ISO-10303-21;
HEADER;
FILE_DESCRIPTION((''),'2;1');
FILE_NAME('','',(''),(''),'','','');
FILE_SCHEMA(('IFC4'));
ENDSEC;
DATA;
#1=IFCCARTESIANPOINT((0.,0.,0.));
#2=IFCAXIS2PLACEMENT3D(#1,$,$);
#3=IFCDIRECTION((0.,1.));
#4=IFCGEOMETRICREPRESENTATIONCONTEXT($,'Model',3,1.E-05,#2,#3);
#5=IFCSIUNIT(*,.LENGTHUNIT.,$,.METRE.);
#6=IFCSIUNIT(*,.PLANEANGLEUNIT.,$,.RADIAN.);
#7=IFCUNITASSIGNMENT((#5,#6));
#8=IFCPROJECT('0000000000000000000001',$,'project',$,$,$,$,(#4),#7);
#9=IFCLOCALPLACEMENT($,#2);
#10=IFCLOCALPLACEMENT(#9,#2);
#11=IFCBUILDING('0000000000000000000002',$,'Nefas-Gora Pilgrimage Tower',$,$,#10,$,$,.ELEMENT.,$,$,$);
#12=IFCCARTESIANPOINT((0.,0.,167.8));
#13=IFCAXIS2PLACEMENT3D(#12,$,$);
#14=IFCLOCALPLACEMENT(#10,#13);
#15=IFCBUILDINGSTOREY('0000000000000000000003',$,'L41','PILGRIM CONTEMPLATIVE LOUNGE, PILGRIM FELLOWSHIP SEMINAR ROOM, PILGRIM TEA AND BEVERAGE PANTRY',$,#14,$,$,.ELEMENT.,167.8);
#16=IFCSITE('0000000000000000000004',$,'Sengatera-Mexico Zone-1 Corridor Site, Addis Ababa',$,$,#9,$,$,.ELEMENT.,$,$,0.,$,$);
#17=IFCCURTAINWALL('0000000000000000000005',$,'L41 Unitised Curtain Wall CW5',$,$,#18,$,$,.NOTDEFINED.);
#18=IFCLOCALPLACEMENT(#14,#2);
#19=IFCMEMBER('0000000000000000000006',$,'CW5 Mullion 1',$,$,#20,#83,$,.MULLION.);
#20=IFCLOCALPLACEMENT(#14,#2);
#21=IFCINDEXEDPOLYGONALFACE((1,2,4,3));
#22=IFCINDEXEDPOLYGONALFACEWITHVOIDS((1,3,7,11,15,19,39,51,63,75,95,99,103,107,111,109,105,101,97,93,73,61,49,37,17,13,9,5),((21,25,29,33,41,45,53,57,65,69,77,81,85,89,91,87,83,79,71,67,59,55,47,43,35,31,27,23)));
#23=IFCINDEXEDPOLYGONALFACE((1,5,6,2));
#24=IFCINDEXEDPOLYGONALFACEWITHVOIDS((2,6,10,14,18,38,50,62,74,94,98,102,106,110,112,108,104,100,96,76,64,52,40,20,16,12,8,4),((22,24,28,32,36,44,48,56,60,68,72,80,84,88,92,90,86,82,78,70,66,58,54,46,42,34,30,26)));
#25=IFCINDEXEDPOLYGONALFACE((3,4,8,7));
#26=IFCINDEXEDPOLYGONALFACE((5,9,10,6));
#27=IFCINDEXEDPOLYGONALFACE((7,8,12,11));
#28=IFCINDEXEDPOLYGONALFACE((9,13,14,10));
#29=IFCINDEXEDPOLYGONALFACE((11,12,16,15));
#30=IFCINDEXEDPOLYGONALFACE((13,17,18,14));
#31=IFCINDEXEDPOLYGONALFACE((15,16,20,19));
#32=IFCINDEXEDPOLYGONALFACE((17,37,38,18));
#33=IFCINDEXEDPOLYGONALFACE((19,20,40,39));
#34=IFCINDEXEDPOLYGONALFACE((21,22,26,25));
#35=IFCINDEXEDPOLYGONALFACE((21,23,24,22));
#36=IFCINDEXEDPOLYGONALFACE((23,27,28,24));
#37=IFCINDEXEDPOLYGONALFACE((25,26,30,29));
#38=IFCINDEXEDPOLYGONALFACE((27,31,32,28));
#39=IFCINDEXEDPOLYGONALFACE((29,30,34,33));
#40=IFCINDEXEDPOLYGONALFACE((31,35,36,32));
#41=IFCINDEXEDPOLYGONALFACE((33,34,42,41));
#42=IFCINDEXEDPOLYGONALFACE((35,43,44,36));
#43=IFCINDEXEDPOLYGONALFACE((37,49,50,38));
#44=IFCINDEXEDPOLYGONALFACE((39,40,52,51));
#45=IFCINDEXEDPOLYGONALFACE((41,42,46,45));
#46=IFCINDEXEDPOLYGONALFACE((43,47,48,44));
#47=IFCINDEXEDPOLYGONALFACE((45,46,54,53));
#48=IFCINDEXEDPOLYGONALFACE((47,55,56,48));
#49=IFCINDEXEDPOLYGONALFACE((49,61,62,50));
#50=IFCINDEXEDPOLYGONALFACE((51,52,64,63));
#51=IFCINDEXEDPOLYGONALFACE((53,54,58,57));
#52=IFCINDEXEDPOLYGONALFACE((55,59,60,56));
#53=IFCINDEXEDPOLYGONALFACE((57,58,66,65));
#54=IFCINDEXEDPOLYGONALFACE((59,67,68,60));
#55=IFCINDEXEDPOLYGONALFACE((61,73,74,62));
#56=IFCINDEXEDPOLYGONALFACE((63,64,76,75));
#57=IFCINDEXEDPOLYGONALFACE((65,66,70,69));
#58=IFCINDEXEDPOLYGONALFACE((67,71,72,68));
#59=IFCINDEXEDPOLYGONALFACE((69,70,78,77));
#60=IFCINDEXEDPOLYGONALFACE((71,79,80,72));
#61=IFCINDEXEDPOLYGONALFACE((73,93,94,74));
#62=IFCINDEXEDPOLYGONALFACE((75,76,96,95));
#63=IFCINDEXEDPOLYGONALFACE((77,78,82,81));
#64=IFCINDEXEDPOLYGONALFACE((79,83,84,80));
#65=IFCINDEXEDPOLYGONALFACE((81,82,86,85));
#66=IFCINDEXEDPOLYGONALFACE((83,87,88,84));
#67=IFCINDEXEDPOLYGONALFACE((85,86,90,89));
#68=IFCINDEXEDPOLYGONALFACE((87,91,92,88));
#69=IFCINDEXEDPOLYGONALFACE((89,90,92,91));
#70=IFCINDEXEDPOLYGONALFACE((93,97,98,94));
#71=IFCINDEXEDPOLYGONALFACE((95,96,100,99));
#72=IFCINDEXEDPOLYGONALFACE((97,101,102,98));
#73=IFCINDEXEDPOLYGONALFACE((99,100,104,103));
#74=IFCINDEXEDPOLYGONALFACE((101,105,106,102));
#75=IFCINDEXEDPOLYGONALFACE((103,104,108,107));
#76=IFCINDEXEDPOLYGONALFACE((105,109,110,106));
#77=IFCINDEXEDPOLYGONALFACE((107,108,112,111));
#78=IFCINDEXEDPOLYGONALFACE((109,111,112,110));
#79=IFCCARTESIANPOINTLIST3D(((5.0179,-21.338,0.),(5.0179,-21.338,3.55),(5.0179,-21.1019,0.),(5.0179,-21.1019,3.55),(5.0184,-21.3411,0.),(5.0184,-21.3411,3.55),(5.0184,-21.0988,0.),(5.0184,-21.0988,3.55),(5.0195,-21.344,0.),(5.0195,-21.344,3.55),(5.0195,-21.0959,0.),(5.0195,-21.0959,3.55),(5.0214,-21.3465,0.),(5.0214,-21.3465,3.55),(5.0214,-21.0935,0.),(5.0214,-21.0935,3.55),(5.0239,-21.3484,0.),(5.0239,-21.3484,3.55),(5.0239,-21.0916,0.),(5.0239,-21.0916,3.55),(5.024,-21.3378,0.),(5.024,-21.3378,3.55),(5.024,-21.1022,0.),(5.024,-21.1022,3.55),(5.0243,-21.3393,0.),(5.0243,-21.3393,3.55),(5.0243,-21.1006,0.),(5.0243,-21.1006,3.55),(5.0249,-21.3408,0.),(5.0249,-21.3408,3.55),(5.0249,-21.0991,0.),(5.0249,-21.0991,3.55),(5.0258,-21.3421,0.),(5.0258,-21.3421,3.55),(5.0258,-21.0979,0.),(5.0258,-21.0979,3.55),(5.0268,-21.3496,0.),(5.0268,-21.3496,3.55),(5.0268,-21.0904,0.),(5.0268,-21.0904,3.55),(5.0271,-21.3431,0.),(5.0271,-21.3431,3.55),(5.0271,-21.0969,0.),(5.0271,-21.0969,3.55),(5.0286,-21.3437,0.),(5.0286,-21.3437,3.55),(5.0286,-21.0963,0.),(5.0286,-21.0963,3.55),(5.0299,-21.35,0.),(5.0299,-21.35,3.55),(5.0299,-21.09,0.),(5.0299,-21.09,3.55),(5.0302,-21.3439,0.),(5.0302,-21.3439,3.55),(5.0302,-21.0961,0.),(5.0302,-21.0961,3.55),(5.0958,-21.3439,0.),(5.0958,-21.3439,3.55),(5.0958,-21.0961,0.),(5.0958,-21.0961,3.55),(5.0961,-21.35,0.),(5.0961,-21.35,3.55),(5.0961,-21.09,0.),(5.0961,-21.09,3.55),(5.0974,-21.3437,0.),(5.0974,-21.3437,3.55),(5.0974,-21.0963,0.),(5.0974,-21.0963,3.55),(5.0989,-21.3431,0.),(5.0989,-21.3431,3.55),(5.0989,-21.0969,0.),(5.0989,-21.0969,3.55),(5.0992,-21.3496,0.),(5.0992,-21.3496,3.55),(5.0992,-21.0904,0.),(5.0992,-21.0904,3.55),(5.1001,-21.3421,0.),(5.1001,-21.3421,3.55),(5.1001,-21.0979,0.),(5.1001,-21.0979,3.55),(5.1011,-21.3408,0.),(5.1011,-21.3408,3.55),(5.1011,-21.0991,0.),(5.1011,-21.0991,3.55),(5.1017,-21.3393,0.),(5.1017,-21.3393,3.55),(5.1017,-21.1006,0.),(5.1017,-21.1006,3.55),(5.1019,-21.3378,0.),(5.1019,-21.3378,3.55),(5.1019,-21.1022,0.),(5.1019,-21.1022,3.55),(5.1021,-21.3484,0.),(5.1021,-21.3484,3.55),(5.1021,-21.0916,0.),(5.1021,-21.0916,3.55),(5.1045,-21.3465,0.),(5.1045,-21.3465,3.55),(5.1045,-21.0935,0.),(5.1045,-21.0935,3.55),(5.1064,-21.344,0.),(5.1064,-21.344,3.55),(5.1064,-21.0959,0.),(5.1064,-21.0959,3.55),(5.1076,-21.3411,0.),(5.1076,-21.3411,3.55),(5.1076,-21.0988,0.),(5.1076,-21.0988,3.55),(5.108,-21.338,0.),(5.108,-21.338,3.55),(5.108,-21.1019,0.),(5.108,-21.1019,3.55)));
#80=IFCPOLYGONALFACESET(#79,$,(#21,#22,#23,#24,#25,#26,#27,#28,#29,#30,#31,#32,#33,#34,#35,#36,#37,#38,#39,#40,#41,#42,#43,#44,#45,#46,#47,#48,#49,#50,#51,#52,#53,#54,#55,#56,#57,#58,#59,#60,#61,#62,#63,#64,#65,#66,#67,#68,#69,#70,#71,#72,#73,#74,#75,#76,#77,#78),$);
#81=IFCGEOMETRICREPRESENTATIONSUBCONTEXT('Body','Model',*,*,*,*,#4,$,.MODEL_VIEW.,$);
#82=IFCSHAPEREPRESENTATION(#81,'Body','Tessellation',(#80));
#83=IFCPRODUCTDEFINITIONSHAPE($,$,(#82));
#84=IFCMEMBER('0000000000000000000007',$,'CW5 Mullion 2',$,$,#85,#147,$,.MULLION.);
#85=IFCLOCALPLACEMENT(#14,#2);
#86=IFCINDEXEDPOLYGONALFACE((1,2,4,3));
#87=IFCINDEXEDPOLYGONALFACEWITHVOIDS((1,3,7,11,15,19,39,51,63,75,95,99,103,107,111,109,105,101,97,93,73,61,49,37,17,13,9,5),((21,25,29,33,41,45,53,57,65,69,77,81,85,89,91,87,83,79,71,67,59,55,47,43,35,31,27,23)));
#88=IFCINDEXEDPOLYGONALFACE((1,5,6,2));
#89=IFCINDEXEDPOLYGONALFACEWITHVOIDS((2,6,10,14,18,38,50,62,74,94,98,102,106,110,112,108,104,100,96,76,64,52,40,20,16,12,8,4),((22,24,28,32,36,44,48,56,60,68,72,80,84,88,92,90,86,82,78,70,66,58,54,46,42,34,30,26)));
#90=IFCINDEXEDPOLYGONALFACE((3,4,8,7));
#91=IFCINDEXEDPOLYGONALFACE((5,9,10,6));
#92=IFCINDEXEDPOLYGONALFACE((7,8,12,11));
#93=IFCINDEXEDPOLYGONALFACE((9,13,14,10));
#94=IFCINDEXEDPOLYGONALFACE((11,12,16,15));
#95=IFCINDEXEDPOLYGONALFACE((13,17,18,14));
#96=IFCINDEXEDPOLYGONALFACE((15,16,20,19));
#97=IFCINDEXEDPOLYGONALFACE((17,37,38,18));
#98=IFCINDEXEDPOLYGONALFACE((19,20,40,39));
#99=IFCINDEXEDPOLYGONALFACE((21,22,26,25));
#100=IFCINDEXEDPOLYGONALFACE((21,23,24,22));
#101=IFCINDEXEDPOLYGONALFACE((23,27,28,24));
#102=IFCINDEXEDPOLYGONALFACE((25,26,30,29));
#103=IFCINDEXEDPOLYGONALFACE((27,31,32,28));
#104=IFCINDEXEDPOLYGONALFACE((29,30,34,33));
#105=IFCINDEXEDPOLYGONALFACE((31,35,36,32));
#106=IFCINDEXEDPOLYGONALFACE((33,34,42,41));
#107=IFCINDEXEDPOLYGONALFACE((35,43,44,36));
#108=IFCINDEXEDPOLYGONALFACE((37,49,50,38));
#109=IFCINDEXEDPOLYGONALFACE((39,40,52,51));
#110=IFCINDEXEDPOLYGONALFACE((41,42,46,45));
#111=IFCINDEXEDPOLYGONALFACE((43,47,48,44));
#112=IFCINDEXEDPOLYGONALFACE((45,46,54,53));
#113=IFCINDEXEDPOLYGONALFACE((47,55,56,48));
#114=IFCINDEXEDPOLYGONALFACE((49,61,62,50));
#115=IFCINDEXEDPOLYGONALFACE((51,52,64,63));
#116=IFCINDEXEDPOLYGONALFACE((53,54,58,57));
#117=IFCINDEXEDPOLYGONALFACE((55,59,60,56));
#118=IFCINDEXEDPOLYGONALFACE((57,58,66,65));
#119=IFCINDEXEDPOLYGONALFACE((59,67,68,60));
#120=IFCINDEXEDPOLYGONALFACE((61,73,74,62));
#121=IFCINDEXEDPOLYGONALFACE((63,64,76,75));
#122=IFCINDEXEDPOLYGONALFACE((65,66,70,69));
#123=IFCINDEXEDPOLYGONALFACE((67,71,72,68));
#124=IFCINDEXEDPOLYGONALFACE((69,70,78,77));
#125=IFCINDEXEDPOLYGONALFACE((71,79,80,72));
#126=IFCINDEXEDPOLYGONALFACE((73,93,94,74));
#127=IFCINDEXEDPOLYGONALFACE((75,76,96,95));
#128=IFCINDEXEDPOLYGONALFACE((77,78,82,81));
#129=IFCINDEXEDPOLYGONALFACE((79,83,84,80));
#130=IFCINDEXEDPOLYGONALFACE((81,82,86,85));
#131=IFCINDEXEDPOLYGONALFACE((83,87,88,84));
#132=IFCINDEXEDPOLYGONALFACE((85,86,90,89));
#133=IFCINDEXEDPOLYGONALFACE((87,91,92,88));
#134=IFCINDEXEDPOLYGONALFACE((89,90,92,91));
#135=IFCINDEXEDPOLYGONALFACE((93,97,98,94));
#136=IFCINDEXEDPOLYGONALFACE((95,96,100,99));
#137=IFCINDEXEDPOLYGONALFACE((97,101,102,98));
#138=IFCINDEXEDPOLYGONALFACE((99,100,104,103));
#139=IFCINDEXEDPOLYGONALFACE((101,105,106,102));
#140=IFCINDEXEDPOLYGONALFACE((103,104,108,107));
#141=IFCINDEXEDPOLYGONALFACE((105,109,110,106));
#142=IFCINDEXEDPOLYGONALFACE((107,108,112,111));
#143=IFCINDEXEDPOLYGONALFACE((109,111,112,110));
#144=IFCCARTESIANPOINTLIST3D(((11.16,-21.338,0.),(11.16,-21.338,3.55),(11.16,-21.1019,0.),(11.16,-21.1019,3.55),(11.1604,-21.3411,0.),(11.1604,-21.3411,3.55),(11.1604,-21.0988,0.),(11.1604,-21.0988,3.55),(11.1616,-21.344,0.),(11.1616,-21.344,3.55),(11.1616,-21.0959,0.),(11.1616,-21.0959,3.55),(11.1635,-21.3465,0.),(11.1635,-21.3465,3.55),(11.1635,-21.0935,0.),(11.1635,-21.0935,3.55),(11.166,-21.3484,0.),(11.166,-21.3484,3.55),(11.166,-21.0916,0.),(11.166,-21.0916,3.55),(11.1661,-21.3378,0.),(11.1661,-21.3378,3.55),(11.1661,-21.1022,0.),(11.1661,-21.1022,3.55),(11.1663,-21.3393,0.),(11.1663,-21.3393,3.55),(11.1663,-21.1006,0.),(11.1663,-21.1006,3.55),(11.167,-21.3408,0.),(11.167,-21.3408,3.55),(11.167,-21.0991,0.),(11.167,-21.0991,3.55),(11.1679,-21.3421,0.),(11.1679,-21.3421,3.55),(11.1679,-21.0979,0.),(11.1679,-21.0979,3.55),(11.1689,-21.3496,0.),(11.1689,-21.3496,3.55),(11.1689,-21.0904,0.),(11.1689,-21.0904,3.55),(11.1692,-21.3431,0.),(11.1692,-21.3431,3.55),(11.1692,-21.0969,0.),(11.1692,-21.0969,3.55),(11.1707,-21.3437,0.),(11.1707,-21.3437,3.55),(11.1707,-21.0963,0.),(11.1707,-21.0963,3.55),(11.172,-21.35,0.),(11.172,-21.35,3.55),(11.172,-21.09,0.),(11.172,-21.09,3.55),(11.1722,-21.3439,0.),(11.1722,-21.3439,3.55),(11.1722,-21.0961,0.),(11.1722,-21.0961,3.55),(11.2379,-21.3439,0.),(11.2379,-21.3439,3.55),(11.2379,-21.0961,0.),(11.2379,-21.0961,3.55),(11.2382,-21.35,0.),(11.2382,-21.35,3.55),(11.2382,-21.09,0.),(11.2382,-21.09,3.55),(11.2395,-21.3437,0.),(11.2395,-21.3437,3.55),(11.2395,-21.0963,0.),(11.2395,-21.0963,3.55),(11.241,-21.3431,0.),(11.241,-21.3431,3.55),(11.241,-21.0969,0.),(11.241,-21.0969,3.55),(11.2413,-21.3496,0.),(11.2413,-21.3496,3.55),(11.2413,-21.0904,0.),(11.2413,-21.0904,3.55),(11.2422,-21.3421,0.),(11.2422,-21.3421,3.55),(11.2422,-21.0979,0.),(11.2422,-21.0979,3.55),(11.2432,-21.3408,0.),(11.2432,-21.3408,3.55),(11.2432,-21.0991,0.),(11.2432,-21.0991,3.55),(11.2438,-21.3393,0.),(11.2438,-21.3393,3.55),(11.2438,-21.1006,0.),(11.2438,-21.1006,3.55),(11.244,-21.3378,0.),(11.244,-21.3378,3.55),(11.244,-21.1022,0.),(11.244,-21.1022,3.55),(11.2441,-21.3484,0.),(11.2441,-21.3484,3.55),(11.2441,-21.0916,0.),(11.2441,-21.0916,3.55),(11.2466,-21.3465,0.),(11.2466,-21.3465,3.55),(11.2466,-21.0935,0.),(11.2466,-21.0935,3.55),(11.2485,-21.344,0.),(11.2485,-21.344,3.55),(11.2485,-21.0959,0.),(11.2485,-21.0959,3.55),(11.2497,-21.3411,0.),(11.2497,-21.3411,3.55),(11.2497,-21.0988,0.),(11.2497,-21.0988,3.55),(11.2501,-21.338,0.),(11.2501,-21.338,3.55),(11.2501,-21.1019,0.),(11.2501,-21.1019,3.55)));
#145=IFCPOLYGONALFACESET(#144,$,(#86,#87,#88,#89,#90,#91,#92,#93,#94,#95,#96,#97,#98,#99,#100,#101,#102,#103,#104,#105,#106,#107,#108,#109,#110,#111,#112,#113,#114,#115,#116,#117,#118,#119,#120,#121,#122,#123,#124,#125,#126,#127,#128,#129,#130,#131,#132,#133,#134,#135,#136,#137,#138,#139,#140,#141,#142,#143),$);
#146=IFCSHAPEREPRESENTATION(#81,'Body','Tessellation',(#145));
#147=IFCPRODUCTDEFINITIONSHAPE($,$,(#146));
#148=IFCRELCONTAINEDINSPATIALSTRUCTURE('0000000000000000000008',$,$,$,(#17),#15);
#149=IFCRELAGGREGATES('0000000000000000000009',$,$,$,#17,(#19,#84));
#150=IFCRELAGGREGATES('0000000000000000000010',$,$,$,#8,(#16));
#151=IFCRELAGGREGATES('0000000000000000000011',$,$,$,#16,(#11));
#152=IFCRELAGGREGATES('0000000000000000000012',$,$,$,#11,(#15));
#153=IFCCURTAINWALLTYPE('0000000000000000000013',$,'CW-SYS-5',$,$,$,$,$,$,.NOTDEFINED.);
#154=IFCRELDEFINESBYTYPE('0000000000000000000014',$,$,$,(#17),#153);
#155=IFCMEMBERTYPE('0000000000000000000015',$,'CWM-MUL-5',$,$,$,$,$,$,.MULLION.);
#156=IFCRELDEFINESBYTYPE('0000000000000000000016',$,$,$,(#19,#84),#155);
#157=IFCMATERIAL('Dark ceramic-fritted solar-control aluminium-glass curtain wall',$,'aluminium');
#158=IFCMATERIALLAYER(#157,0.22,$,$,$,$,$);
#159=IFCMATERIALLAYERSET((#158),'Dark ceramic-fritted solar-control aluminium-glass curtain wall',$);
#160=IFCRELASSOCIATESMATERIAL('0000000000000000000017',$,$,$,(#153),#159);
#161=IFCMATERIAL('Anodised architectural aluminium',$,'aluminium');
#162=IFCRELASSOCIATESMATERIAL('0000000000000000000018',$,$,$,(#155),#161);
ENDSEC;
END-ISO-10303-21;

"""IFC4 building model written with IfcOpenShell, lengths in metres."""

from ifc_helpers import new_model, si_unit, direction, frame, origin, origin_2d, place, context, subcontext, project, spatial, hollow_rectangle, extrude, source, transform, mapped, material, layer, layer_set, material_profile, profile_set, type_object, element, aggregate, save


model = new_model("IFC4")

# Units and contexts
model_context = context("Model", 3, precision=1e-05, world=origin(), true_north=direction((0.0, 1.0)))
body_context = subcontext(model_context, "Body", "Model", "MODEL_VIEW")
ifc_project = project(units=[si_unit("LENGTHUNIT", "METRE"), si_unit("PLANEANGLEUNIT", "RADIAN")], contexts=[model_context])

# Site, building, storey
site_placement = place(None, origin())
site = spatial("IfcSite", under=ifc_project, at=site_placement, Name="Sengatera-Mexico Zone-1 Corridor Site, Addis Ababa", CompositionType="ELEMENT", RefElevation=0.0)
building_placement = place(site_placement, origin())
building = spatial("IfcBuilding", under=site, at=building_placement, Name="Nefas-Gora Pilgrimage Tower", CompositionType="ELEMENT")
storey_placement = place(building_placement, frame((0.0, 0.0, 167.8)))
storey = spatial("IfcBuildingStorey", under=building, at=storey_placement, Name="L41", Description="PILGRIM CONTEMPLATIVE LOUNGE, PILGRIM FELLOWSHIP SEMINAR ROOM, PILGRIM TEA AND BEVERAGE PANTRY", CompositionType="ELEMENT", Elevation=167.8)

# Curtain wall, members
ifc_material_1 = material(Name="Dark ceramic-fritted solar-control aluminium-glass curtain wall", Category="aluminium")
ifc_layer_1 = layer(ifc_material_1, 0.22)
ifc_layer_set_1 = layer_set([ifc_layer_1], Name="Dark ceramic-fritted solar-control aluminium-glass curtain wall")
curtain_wall_type = type_object("IfcCurtainWallType", Name="CW-SYS-5", PredefinedType="NOTDEFINED", material=ifc_layer_set_1)
curtain_wall_1_placement = place(storey_placement, origin())
curtain_wall_1 = element("IfcCurtainWall", 1, at=curtain_wall_1_placement, inside=storey, type_object=curtain_wall_type, Name="L41 Unitised Curtain Wall CW5", PredefinedType="NOTDEFINED")
ifc_material_2 = material(Name="Anodised architectural aluminium", Category="aluminium")
ifc_material_profile_1 = material_profile(ifc_material_2, hollow_rectangle(XDim=0.0901, YDim=0.26, WallThickness=0.0061, InnerFilletRadius=0.0061, OuterFilletRadius=0.012, at=origin_2d()), Name="ALU MULLION 90x260")
ifc_profile_set_1 = profile_set([ifc_material_profile_1], Name="Anodised architectural aluminium")
member_type_1 = type_object("IfcMemberType", Name="CWM-MUL-5", PredefinedType="MULLION", material=ifc_profile_set_1)
shared_shape_1 = source(origin(), body_context, "Body", "SweptSolid", [
    extrude(hollow_rectangle(XDim=0.0901, YDim=0.26, WallThickness=0.0061, InnerFilletRadius=0.0061, OuterFilletRadius=0.012, at=origin_2d()), origin(), (0.0, 0.0, 1.0), 3.55),
])
member_1_placement = place(storey_placement, frame((5.063, -21.22, 0.0), z_axis=(0.0, 0.0, 1.0), x_axis=(1.0, 0.0, 0.0)))
member_1 = element("IfcMember", 2, at=member_1_placement, type_object=member_type_1, Name="CW5 Mullion 1", PredefinedType="MULLION", context=body_context, shape_type="MappedRepresentation", body=[
    mapped(shared_shape_1, transform((0.0, 0.0, 0.0), x_axis=(1.0, 0.0, 0.0), y_axis=(0.0, 1.0, 0.0), z_axis=(0.0, 0.0, 1.0), scale=1.0)),
])
member_2_placement = place(storey_placement, frame((11.2051, -21.22, 0.0), z_axis=(0.0, 0.0, 1.0), x_axis=(1.0, 0.0, 0.0)))
member_2 = element("IfcMember", 3, at=member_2_placement, type_object=member_type_1, Name="CW5 Mullion 2", PredefinedType="MULLION", context=body_context, shape_type="MappedRepresentation", body=[
    mapped(shared_shape_1, transform((0.0, 0.0, 0.0), x_axis=(1.0, 0.0, 0.0), y_axis=(0.0, 1.0, 0.0), z_axis=(0.0, 0.0, 1.0), scale=1.0)),
])

aggregate(curtain_wall_1, [member_1, member_2])

save(model, "model.ifc")
